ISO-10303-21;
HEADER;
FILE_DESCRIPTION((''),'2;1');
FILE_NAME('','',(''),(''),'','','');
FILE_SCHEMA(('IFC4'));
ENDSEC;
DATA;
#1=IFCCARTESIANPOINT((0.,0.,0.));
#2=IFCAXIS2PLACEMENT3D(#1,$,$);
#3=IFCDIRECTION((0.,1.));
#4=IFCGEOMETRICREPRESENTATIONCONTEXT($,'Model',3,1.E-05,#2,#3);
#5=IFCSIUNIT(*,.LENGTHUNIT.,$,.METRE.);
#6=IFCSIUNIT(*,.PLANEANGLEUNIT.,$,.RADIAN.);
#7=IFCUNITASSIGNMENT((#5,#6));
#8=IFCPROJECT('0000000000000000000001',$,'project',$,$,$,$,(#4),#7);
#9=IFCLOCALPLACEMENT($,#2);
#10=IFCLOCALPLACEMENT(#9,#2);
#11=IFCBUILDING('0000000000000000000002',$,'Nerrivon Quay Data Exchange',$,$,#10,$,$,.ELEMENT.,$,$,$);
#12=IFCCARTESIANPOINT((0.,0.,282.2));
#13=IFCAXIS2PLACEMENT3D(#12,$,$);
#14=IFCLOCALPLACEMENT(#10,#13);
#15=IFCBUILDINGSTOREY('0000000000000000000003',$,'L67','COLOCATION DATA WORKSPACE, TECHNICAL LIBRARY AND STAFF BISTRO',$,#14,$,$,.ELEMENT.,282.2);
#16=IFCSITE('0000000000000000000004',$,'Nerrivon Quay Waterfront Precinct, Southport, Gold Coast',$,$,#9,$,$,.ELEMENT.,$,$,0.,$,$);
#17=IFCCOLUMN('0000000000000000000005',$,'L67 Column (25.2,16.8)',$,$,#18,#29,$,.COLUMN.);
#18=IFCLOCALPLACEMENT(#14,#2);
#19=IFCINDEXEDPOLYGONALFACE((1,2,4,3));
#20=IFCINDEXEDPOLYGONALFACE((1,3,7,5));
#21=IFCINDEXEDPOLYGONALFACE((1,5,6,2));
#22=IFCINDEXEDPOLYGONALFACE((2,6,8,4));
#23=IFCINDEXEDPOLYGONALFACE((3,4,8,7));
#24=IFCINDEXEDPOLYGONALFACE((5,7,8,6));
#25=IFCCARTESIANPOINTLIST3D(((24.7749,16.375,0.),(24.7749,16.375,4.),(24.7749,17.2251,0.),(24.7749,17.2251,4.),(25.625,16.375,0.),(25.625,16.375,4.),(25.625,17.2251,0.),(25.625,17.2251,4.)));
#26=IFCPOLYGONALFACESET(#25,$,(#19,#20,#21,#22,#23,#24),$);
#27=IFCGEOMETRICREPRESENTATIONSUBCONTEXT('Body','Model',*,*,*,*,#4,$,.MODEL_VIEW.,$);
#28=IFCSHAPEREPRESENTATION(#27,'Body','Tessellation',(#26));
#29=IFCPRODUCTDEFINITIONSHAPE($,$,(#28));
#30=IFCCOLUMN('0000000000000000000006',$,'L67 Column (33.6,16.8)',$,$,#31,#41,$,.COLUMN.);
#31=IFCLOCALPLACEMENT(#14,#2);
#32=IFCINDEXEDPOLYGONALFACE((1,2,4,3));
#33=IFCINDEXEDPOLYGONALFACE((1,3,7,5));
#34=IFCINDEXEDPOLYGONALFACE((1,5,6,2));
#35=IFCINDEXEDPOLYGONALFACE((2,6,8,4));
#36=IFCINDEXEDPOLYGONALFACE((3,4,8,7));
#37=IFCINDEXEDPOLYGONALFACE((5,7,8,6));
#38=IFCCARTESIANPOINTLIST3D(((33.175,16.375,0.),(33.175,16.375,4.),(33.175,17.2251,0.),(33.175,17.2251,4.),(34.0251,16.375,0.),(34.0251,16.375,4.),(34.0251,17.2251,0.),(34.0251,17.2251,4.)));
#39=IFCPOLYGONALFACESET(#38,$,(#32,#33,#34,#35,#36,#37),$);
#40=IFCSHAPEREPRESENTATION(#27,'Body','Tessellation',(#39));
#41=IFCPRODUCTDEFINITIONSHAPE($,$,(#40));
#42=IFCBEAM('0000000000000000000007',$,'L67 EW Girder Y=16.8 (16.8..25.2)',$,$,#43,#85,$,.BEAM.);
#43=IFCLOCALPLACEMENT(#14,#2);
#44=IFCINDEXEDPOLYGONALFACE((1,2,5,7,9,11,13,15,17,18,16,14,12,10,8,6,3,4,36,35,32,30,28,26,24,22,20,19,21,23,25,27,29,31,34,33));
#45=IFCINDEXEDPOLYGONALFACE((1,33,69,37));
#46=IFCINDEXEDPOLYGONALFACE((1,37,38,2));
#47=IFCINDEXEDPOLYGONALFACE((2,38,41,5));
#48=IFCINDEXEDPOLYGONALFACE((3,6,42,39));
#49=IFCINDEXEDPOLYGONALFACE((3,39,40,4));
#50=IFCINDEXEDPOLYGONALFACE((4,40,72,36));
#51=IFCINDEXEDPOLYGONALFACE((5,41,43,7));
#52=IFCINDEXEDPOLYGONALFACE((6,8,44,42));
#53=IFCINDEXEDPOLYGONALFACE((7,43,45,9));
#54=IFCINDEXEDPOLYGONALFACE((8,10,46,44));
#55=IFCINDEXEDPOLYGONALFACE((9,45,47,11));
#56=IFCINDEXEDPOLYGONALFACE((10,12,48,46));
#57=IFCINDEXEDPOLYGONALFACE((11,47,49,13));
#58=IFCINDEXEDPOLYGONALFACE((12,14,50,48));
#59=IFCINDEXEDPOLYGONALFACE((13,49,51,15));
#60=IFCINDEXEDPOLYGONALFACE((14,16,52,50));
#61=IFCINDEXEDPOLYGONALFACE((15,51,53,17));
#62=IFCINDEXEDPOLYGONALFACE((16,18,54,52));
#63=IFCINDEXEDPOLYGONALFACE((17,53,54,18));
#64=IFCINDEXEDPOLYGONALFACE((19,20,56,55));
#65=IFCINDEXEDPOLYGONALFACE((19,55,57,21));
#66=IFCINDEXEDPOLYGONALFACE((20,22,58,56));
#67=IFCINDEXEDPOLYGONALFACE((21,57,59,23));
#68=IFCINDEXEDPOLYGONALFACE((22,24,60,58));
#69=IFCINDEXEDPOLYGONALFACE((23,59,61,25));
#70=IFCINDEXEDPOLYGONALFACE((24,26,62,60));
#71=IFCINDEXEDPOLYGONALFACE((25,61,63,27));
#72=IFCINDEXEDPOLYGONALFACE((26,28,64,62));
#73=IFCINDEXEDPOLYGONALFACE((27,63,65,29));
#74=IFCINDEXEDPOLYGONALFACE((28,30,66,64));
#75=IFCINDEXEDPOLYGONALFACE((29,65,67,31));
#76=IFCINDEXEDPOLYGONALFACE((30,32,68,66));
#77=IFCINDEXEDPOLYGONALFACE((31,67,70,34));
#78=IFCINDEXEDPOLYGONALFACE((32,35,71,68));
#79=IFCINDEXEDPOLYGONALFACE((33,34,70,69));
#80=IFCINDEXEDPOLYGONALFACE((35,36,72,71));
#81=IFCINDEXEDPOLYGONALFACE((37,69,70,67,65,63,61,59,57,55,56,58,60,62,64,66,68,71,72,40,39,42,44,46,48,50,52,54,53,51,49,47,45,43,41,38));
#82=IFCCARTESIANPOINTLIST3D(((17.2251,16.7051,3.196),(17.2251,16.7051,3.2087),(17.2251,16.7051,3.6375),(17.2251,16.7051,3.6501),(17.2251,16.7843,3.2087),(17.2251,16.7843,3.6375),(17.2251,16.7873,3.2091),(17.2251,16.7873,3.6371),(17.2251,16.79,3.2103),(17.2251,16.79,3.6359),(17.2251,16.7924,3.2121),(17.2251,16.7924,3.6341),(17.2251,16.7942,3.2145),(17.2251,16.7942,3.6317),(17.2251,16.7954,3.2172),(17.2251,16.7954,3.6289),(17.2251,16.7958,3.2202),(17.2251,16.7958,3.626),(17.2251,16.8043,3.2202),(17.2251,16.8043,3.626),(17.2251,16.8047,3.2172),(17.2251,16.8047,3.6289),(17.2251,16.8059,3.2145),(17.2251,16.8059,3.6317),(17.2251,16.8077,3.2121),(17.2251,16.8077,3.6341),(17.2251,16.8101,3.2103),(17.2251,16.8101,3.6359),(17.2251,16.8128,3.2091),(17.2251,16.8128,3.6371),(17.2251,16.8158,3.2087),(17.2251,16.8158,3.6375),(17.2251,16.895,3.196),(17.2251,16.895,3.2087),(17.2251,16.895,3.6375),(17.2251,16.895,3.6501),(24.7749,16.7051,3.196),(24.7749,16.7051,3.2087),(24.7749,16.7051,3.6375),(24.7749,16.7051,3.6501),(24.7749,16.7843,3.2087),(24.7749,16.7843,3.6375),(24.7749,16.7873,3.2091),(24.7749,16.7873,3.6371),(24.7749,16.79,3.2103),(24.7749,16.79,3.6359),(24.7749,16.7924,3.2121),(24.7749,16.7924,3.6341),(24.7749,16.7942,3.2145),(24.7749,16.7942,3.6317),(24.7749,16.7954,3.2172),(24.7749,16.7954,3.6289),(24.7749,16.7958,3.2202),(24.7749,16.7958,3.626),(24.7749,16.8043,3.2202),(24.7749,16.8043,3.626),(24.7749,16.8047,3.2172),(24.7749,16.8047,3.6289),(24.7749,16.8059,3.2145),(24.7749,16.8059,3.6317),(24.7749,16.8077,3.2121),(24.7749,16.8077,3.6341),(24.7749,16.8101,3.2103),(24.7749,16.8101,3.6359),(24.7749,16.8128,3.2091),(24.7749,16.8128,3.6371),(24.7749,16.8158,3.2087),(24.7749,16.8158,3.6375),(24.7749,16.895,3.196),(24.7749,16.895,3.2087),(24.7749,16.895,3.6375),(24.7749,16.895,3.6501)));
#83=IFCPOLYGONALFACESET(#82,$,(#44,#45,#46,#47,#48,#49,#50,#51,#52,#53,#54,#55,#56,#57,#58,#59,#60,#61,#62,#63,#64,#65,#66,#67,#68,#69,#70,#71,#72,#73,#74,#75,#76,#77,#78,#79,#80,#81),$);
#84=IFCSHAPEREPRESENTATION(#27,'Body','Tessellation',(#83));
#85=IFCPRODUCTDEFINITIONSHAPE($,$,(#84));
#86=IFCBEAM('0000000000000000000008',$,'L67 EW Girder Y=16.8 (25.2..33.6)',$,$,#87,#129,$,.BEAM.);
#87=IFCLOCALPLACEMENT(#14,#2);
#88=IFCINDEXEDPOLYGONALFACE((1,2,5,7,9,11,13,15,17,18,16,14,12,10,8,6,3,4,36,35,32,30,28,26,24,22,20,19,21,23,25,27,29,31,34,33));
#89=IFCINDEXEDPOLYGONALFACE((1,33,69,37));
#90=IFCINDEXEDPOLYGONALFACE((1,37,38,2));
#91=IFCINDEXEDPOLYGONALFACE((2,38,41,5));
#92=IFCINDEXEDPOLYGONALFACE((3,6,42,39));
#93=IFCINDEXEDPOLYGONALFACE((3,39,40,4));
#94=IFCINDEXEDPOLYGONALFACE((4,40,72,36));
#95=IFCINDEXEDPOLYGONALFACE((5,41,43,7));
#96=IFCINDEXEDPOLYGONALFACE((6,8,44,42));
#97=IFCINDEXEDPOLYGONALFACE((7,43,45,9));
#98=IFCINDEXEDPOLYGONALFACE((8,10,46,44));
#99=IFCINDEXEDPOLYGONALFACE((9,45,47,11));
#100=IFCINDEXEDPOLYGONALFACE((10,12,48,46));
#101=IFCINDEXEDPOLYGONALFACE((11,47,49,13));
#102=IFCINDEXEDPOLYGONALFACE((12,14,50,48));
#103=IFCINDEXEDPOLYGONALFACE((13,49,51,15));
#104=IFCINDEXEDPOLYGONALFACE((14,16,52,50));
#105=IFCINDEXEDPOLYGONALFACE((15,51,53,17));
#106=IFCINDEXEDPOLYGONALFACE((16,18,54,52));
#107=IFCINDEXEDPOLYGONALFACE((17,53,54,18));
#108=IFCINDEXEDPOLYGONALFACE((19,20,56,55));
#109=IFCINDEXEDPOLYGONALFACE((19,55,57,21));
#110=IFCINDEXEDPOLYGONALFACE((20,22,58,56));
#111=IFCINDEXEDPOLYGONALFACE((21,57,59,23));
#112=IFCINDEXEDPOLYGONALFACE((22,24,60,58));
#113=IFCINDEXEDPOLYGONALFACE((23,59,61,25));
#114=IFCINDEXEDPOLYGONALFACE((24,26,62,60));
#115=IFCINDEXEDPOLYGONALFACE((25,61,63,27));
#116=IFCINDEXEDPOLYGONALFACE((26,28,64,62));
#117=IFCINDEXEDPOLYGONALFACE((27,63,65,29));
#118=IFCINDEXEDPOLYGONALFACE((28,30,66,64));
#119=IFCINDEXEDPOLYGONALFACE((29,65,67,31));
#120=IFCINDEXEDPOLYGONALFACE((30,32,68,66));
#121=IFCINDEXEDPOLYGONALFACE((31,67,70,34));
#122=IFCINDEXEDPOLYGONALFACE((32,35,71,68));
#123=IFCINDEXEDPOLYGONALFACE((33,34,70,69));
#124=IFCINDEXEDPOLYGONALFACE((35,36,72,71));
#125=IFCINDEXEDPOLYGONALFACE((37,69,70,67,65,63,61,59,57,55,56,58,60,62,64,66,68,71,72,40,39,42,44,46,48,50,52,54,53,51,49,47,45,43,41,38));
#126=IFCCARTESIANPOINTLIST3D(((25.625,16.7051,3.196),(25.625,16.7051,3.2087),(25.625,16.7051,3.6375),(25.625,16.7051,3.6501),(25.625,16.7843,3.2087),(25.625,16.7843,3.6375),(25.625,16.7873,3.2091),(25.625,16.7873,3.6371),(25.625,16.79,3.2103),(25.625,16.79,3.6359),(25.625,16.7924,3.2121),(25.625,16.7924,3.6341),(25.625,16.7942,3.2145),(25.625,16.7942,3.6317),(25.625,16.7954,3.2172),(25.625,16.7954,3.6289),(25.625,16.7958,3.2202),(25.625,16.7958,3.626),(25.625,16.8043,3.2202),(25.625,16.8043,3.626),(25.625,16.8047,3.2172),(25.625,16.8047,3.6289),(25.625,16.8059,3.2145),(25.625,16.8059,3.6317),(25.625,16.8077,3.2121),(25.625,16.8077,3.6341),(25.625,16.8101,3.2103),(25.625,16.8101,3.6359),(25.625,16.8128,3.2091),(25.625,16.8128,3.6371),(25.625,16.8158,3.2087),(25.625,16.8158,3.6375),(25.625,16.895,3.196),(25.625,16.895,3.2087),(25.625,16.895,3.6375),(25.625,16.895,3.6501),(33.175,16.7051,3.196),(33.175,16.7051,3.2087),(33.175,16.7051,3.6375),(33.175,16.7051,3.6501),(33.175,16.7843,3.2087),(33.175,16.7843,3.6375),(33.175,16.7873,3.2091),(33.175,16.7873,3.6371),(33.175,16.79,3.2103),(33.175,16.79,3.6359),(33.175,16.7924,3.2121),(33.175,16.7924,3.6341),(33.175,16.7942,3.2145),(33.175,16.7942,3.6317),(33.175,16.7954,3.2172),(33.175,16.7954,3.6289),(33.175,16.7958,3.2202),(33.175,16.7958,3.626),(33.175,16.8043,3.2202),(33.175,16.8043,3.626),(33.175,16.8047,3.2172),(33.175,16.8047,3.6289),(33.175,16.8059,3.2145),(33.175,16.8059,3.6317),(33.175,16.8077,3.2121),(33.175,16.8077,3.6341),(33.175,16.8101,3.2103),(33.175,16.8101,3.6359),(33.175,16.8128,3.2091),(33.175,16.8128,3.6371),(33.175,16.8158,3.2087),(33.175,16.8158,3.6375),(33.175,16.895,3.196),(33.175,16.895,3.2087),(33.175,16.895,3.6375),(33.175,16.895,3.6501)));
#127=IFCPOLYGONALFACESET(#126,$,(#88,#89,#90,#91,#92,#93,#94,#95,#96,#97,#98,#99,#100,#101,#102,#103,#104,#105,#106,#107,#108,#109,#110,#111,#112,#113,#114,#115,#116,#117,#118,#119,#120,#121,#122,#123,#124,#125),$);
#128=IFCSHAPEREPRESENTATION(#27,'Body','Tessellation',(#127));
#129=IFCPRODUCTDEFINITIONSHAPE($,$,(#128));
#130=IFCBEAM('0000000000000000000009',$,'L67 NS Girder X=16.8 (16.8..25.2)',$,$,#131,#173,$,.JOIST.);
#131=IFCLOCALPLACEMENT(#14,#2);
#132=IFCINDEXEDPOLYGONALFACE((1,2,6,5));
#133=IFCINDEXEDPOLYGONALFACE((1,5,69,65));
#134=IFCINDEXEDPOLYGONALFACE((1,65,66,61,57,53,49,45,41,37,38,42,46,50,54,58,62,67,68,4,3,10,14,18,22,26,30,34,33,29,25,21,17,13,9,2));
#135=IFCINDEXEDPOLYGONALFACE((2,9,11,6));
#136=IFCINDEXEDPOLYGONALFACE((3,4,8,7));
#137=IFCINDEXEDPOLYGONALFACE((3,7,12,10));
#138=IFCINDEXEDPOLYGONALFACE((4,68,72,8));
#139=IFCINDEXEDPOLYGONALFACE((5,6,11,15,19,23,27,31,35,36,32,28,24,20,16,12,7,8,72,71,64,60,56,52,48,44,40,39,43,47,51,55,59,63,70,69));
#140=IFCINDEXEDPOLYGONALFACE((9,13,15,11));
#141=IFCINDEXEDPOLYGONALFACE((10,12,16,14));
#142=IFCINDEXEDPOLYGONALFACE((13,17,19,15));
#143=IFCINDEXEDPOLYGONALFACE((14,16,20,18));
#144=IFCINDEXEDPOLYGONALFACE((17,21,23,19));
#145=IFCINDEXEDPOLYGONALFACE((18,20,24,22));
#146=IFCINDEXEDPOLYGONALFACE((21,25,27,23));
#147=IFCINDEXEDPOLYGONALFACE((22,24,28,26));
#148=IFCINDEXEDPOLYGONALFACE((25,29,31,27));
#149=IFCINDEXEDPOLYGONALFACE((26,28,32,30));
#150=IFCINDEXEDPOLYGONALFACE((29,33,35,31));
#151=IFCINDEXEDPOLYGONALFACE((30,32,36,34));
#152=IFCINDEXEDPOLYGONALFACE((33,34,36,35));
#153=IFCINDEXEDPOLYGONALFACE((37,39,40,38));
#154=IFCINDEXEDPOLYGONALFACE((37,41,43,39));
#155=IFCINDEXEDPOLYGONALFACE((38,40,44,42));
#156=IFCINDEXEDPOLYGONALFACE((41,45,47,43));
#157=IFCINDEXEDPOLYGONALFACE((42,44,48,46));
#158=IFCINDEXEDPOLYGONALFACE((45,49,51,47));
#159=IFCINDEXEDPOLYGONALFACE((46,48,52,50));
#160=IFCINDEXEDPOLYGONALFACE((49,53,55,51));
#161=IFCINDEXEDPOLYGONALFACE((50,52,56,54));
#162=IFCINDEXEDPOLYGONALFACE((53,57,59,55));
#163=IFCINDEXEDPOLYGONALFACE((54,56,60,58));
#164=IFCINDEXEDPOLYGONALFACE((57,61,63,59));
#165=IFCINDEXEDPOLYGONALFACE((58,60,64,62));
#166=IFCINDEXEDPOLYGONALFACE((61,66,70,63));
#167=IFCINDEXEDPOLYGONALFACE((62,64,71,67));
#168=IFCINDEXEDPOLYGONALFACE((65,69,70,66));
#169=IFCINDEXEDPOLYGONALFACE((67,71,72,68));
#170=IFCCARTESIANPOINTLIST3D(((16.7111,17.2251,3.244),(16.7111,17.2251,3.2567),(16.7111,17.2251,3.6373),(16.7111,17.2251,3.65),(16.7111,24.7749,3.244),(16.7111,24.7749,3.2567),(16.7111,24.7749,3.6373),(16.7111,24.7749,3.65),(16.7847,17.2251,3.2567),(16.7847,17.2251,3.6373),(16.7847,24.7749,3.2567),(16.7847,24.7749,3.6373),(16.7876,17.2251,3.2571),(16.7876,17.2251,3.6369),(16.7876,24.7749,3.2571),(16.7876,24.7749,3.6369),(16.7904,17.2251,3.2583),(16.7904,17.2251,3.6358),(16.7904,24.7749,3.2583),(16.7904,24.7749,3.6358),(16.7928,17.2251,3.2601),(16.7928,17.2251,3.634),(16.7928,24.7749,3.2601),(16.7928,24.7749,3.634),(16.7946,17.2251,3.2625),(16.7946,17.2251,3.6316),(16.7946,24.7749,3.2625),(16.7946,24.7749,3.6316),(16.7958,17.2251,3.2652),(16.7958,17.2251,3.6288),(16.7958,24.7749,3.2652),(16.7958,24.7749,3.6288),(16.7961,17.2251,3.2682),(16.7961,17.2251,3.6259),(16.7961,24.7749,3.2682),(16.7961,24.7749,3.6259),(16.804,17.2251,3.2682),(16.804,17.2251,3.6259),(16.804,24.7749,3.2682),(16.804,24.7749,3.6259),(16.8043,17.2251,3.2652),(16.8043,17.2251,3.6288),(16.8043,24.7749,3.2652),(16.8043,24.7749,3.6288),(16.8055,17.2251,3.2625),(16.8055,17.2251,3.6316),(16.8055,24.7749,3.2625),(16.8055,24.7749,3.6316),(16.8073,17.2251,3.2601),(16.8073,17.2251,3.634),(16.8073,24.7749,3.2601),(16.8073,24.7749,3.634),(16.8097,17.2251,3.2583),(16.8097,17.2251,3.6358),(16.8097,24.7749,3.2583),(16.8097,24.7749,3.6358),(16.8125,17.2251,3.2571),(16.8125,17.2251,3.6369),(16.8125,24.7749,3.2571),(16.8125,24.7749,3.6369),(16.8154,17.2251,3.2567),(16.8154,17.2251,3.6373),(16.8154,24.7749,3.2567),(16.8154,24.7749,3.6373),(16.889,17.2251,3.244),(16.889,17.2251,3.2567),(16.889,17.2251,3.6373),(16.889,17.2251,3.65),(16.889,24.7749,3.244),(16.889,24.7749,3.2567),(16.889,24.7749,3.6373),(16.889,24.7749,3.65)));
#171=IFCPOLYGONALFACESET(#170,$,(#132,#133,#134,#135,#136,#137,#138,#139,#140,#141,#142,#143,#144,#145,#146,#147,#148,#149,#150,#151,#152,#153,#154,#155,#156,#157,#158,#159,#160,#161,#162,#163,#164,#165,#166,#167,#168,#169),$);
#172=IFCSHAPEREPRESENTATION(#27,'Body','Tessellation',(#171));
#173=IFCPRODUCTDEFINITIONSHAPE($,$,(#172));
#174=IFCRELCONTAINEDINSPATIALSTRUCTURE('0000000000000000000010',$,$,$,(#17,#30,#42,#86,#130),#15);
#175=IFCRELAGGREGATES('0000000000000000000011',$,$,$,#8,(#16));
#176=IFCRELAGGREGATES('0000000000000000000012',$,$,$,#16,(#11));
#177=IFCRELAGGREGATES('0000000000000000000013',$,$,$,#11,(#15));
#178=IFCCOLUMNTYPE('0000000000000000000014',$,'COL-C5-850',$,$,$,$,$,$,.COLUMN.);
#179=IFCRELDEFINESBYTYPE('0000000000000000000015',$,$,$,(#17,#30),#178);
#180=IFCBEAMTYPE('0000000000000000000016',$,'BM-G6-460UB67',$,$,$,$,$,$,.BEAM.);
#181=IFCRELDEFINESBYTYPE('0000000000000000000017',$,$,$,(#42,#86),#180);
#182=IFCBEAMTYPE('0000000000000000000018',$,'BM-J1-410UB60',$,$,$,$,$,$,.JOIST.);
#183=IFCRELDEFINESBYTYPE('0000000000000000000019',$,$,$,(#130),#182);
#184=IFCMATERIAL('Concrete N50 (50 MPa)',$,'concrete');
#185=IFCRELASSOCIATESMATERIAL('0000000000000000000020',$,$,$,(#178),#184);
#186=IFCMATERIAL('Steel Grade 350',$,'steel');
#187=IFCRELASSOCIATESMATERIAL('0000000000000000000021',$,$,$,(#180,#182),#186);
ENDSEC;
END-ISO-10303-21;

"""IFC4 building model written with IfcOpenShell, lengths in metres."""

from ifc_helpers import new_model, si_unit, direction, frame, origin, origin_2d, place, context, subcontext, project, spatial, rectangle, i_section, extrude, material, material_profile, profile_set, type_object, element, save


model = new_model("IFC4")

# Units and contexts
model_context = context("Model", 3, precision=1e-05, world=origin(), true_north=direction((0.0, 1.0)))
body_context = subcontext(model_context, "Body", "Model", "MODEL_VIEW")
ifc_project = project(units=[si_unit("LENGTHUNIT", "METRE"), si_unit("PLANEANGLEUNIT", "RADIAN")], contexts=[model_context])

# Site, building, storey
site_placement = place(None, origin())
site = spatial("IfcSite", under=ifc_project, at=site_placement, Name="Nerrivon Quay Waterfront Precinct, Southport, Gold Coast", CompositionType="ELEMENT", RefElevation=0.0)
building_placement = place(site_placement, origin())
building = spatial("IfcBuilding", under=site, at=building_placement, Name="Nerrivon Quay Data Exchange", CompositionType="ELEMENT")
storey_placement = place(building_placement, frame((0.0, 0.0, 282.2)))
storey = spatial("IfcBuildingStorey", under=building, at=storey_placement, Name="L67", Description="COLOCATION DATA WORKSPACE, TECHNICAL LIBRARY AND STAFF BISTRO", CompositionType="ELEMENT", Elevation=282.2)

# Columns
ifc_material_1 = material(Name="Concrete N50 (50 MPa)", Category="concrete")
ifc_material_profile_1 = material_profile(ifc_material_1, rectangle(XDim=0.8501, YDim=0.8501, at=origin_2d()), Name="RC-COL-850x850")
ifc_profile_set_1 = profile_set([ifc_material_profile_1], Name="Concrete N50 (50 MPa)")
column_type = type_object("IfcColumnType", Name="COL-C5-850", PredefinedType="COLUMN", material=ifc_profile_set_1)
for number, where, z_axis, x_axis, name in (
    (1, (25.2, 16.8, 0.0), (0.0, 0.0, 1.0), (1.0, 0.0, 0.0), "L67 Column (25.2,16.8)"),
    (2, (33.6001, 16.8, 0.0), (0.0, 0.0, 1.0), (1.0, 0.0, 0.0), "L67 Column (33.6,16.8)"),
):
    element("IfcColumn", number, at=place(storey_placement, frame(where, z_axis=z_axis, x_axis=x_axis)), inside=storey, type_object=column_type, Name=name, PredefinedType="COLUMN", context=body_context, shape_type="SweptSolid", body=[
        extrude(rectangle(XDim=0.8501, YDim=0.8501, at=origin_2d()), origin(), (0.0, 0.0, 1.0), 4.0),
    ])

# Beams
ifc_material_2 = material(Name="Steel Grade 350", Category="steel")
ifc_material_profile_2 = material_profile(ifc_material_2, i_section(OverallWidth=0.1899, OverallDepth=0.4541, WebThickness=0.0085, FlangeThickness=0.0127, FilletRadius=0.0115, at=origin_2d()), Name="460UB67.1")
ifc_profile_set_2 = profile_set([ifc_material_profile_2], Name="Steel Grade 350")
beam_type_1 = type_object("IfcBeamType", Name="BM-G6-460UB67", PredefinedType="BEAM", material=ifc_profile_set_2)
beam_1_placement = place(storey_placement, frame((17.2251, 16.8, 3.4231), z_axis=(1.0, 0.0, 0.0), x_axis=(0.0, 1.0, 0.0)))
element("IfcBeam", 3, at=beam_1_placement, inside=storey, type_object=beam_type_1, Name="L67 EW Girder Y=16.8 (16.8..25.2)", PredefinedType="BEAM", context=body_context, shape_type="SweptSolid", body=[
    extrude(i_section(OverallWidth=0.1899, OverallDepth=0.4541, WebThickness=0.0085, FlangeThickness=0.0127, FilletRadius=0.0115, at=origin_2d()), origin(), (0.0, 0.0, 1.0), 7.5498),
])
beam_2_placement = place(storey_placement, frame((25.625, 16.8, 3.4231), z_axis=(1.0, 0.0, 0.0), x_axis=(0.0, 1.0, 0.0)))
element("IfcBeam", 4, at=beam_2_placement, inside=storey, type_object=beam_type_1, Name="L67 EW Girder Y=16.8 (25.2..33.6)", PredefinedType="BEAM", context=body_context, shape_type="SweptSolid", body=[
    extrude(i_section(OverallWidth=0.1899, OverallDepth=0.4541, WebThickness=0.0085, FlangeThickness=0.0127, FilletRadius=0.0115, at=origin_2d()), origin(), (0.0, 0.0, 1.0), 7.55),
])
ifc_material_profile_3 = material_profile(ifc_material_2, i_section(OverallWidth=0.178, OverallDepth=0.406, WebThickness=0.0078, FlangeThickness=0.0127, FilletRadius=0.0115, at=origin_2d()), Name="410UB59.7")
ifc_profile_set_3 = profile_set([ifc_material_profile_3], Name="Steel Grade 350")
beam_type_2 = type_object("IfcBeamType", Name="BM-J1-410UB60", PredefinedType="JOIST", material=ifc_profile_set_3)
beam_3_placement = place(storey_placement, frame((16.8, 17.2251, 3.447), z_axis=(0.0, 1.0, 0.0), x_axis=(-1.0, 0.0, 0.0)))
element("IfcBeam", 5, at=beam_3_placement, inside=storey, type_object=beam_type_2, Name="L67 NS Girder X=16.8 (16.8..25.2)", PredefinedType="JOIST", context=body_context, shape_type="SweptSolid", body=[
    extrude(i_section(OverallWidth=0.178, OverallDepth=0.406, WebThickness=0.0078, FlangeThickness=0.0127, FilletRadius=0.0115, at=origin_2d()), origin(), (0.0, 0.0, 1.0), 7.5498),
])

save(model, "model.ifc")
